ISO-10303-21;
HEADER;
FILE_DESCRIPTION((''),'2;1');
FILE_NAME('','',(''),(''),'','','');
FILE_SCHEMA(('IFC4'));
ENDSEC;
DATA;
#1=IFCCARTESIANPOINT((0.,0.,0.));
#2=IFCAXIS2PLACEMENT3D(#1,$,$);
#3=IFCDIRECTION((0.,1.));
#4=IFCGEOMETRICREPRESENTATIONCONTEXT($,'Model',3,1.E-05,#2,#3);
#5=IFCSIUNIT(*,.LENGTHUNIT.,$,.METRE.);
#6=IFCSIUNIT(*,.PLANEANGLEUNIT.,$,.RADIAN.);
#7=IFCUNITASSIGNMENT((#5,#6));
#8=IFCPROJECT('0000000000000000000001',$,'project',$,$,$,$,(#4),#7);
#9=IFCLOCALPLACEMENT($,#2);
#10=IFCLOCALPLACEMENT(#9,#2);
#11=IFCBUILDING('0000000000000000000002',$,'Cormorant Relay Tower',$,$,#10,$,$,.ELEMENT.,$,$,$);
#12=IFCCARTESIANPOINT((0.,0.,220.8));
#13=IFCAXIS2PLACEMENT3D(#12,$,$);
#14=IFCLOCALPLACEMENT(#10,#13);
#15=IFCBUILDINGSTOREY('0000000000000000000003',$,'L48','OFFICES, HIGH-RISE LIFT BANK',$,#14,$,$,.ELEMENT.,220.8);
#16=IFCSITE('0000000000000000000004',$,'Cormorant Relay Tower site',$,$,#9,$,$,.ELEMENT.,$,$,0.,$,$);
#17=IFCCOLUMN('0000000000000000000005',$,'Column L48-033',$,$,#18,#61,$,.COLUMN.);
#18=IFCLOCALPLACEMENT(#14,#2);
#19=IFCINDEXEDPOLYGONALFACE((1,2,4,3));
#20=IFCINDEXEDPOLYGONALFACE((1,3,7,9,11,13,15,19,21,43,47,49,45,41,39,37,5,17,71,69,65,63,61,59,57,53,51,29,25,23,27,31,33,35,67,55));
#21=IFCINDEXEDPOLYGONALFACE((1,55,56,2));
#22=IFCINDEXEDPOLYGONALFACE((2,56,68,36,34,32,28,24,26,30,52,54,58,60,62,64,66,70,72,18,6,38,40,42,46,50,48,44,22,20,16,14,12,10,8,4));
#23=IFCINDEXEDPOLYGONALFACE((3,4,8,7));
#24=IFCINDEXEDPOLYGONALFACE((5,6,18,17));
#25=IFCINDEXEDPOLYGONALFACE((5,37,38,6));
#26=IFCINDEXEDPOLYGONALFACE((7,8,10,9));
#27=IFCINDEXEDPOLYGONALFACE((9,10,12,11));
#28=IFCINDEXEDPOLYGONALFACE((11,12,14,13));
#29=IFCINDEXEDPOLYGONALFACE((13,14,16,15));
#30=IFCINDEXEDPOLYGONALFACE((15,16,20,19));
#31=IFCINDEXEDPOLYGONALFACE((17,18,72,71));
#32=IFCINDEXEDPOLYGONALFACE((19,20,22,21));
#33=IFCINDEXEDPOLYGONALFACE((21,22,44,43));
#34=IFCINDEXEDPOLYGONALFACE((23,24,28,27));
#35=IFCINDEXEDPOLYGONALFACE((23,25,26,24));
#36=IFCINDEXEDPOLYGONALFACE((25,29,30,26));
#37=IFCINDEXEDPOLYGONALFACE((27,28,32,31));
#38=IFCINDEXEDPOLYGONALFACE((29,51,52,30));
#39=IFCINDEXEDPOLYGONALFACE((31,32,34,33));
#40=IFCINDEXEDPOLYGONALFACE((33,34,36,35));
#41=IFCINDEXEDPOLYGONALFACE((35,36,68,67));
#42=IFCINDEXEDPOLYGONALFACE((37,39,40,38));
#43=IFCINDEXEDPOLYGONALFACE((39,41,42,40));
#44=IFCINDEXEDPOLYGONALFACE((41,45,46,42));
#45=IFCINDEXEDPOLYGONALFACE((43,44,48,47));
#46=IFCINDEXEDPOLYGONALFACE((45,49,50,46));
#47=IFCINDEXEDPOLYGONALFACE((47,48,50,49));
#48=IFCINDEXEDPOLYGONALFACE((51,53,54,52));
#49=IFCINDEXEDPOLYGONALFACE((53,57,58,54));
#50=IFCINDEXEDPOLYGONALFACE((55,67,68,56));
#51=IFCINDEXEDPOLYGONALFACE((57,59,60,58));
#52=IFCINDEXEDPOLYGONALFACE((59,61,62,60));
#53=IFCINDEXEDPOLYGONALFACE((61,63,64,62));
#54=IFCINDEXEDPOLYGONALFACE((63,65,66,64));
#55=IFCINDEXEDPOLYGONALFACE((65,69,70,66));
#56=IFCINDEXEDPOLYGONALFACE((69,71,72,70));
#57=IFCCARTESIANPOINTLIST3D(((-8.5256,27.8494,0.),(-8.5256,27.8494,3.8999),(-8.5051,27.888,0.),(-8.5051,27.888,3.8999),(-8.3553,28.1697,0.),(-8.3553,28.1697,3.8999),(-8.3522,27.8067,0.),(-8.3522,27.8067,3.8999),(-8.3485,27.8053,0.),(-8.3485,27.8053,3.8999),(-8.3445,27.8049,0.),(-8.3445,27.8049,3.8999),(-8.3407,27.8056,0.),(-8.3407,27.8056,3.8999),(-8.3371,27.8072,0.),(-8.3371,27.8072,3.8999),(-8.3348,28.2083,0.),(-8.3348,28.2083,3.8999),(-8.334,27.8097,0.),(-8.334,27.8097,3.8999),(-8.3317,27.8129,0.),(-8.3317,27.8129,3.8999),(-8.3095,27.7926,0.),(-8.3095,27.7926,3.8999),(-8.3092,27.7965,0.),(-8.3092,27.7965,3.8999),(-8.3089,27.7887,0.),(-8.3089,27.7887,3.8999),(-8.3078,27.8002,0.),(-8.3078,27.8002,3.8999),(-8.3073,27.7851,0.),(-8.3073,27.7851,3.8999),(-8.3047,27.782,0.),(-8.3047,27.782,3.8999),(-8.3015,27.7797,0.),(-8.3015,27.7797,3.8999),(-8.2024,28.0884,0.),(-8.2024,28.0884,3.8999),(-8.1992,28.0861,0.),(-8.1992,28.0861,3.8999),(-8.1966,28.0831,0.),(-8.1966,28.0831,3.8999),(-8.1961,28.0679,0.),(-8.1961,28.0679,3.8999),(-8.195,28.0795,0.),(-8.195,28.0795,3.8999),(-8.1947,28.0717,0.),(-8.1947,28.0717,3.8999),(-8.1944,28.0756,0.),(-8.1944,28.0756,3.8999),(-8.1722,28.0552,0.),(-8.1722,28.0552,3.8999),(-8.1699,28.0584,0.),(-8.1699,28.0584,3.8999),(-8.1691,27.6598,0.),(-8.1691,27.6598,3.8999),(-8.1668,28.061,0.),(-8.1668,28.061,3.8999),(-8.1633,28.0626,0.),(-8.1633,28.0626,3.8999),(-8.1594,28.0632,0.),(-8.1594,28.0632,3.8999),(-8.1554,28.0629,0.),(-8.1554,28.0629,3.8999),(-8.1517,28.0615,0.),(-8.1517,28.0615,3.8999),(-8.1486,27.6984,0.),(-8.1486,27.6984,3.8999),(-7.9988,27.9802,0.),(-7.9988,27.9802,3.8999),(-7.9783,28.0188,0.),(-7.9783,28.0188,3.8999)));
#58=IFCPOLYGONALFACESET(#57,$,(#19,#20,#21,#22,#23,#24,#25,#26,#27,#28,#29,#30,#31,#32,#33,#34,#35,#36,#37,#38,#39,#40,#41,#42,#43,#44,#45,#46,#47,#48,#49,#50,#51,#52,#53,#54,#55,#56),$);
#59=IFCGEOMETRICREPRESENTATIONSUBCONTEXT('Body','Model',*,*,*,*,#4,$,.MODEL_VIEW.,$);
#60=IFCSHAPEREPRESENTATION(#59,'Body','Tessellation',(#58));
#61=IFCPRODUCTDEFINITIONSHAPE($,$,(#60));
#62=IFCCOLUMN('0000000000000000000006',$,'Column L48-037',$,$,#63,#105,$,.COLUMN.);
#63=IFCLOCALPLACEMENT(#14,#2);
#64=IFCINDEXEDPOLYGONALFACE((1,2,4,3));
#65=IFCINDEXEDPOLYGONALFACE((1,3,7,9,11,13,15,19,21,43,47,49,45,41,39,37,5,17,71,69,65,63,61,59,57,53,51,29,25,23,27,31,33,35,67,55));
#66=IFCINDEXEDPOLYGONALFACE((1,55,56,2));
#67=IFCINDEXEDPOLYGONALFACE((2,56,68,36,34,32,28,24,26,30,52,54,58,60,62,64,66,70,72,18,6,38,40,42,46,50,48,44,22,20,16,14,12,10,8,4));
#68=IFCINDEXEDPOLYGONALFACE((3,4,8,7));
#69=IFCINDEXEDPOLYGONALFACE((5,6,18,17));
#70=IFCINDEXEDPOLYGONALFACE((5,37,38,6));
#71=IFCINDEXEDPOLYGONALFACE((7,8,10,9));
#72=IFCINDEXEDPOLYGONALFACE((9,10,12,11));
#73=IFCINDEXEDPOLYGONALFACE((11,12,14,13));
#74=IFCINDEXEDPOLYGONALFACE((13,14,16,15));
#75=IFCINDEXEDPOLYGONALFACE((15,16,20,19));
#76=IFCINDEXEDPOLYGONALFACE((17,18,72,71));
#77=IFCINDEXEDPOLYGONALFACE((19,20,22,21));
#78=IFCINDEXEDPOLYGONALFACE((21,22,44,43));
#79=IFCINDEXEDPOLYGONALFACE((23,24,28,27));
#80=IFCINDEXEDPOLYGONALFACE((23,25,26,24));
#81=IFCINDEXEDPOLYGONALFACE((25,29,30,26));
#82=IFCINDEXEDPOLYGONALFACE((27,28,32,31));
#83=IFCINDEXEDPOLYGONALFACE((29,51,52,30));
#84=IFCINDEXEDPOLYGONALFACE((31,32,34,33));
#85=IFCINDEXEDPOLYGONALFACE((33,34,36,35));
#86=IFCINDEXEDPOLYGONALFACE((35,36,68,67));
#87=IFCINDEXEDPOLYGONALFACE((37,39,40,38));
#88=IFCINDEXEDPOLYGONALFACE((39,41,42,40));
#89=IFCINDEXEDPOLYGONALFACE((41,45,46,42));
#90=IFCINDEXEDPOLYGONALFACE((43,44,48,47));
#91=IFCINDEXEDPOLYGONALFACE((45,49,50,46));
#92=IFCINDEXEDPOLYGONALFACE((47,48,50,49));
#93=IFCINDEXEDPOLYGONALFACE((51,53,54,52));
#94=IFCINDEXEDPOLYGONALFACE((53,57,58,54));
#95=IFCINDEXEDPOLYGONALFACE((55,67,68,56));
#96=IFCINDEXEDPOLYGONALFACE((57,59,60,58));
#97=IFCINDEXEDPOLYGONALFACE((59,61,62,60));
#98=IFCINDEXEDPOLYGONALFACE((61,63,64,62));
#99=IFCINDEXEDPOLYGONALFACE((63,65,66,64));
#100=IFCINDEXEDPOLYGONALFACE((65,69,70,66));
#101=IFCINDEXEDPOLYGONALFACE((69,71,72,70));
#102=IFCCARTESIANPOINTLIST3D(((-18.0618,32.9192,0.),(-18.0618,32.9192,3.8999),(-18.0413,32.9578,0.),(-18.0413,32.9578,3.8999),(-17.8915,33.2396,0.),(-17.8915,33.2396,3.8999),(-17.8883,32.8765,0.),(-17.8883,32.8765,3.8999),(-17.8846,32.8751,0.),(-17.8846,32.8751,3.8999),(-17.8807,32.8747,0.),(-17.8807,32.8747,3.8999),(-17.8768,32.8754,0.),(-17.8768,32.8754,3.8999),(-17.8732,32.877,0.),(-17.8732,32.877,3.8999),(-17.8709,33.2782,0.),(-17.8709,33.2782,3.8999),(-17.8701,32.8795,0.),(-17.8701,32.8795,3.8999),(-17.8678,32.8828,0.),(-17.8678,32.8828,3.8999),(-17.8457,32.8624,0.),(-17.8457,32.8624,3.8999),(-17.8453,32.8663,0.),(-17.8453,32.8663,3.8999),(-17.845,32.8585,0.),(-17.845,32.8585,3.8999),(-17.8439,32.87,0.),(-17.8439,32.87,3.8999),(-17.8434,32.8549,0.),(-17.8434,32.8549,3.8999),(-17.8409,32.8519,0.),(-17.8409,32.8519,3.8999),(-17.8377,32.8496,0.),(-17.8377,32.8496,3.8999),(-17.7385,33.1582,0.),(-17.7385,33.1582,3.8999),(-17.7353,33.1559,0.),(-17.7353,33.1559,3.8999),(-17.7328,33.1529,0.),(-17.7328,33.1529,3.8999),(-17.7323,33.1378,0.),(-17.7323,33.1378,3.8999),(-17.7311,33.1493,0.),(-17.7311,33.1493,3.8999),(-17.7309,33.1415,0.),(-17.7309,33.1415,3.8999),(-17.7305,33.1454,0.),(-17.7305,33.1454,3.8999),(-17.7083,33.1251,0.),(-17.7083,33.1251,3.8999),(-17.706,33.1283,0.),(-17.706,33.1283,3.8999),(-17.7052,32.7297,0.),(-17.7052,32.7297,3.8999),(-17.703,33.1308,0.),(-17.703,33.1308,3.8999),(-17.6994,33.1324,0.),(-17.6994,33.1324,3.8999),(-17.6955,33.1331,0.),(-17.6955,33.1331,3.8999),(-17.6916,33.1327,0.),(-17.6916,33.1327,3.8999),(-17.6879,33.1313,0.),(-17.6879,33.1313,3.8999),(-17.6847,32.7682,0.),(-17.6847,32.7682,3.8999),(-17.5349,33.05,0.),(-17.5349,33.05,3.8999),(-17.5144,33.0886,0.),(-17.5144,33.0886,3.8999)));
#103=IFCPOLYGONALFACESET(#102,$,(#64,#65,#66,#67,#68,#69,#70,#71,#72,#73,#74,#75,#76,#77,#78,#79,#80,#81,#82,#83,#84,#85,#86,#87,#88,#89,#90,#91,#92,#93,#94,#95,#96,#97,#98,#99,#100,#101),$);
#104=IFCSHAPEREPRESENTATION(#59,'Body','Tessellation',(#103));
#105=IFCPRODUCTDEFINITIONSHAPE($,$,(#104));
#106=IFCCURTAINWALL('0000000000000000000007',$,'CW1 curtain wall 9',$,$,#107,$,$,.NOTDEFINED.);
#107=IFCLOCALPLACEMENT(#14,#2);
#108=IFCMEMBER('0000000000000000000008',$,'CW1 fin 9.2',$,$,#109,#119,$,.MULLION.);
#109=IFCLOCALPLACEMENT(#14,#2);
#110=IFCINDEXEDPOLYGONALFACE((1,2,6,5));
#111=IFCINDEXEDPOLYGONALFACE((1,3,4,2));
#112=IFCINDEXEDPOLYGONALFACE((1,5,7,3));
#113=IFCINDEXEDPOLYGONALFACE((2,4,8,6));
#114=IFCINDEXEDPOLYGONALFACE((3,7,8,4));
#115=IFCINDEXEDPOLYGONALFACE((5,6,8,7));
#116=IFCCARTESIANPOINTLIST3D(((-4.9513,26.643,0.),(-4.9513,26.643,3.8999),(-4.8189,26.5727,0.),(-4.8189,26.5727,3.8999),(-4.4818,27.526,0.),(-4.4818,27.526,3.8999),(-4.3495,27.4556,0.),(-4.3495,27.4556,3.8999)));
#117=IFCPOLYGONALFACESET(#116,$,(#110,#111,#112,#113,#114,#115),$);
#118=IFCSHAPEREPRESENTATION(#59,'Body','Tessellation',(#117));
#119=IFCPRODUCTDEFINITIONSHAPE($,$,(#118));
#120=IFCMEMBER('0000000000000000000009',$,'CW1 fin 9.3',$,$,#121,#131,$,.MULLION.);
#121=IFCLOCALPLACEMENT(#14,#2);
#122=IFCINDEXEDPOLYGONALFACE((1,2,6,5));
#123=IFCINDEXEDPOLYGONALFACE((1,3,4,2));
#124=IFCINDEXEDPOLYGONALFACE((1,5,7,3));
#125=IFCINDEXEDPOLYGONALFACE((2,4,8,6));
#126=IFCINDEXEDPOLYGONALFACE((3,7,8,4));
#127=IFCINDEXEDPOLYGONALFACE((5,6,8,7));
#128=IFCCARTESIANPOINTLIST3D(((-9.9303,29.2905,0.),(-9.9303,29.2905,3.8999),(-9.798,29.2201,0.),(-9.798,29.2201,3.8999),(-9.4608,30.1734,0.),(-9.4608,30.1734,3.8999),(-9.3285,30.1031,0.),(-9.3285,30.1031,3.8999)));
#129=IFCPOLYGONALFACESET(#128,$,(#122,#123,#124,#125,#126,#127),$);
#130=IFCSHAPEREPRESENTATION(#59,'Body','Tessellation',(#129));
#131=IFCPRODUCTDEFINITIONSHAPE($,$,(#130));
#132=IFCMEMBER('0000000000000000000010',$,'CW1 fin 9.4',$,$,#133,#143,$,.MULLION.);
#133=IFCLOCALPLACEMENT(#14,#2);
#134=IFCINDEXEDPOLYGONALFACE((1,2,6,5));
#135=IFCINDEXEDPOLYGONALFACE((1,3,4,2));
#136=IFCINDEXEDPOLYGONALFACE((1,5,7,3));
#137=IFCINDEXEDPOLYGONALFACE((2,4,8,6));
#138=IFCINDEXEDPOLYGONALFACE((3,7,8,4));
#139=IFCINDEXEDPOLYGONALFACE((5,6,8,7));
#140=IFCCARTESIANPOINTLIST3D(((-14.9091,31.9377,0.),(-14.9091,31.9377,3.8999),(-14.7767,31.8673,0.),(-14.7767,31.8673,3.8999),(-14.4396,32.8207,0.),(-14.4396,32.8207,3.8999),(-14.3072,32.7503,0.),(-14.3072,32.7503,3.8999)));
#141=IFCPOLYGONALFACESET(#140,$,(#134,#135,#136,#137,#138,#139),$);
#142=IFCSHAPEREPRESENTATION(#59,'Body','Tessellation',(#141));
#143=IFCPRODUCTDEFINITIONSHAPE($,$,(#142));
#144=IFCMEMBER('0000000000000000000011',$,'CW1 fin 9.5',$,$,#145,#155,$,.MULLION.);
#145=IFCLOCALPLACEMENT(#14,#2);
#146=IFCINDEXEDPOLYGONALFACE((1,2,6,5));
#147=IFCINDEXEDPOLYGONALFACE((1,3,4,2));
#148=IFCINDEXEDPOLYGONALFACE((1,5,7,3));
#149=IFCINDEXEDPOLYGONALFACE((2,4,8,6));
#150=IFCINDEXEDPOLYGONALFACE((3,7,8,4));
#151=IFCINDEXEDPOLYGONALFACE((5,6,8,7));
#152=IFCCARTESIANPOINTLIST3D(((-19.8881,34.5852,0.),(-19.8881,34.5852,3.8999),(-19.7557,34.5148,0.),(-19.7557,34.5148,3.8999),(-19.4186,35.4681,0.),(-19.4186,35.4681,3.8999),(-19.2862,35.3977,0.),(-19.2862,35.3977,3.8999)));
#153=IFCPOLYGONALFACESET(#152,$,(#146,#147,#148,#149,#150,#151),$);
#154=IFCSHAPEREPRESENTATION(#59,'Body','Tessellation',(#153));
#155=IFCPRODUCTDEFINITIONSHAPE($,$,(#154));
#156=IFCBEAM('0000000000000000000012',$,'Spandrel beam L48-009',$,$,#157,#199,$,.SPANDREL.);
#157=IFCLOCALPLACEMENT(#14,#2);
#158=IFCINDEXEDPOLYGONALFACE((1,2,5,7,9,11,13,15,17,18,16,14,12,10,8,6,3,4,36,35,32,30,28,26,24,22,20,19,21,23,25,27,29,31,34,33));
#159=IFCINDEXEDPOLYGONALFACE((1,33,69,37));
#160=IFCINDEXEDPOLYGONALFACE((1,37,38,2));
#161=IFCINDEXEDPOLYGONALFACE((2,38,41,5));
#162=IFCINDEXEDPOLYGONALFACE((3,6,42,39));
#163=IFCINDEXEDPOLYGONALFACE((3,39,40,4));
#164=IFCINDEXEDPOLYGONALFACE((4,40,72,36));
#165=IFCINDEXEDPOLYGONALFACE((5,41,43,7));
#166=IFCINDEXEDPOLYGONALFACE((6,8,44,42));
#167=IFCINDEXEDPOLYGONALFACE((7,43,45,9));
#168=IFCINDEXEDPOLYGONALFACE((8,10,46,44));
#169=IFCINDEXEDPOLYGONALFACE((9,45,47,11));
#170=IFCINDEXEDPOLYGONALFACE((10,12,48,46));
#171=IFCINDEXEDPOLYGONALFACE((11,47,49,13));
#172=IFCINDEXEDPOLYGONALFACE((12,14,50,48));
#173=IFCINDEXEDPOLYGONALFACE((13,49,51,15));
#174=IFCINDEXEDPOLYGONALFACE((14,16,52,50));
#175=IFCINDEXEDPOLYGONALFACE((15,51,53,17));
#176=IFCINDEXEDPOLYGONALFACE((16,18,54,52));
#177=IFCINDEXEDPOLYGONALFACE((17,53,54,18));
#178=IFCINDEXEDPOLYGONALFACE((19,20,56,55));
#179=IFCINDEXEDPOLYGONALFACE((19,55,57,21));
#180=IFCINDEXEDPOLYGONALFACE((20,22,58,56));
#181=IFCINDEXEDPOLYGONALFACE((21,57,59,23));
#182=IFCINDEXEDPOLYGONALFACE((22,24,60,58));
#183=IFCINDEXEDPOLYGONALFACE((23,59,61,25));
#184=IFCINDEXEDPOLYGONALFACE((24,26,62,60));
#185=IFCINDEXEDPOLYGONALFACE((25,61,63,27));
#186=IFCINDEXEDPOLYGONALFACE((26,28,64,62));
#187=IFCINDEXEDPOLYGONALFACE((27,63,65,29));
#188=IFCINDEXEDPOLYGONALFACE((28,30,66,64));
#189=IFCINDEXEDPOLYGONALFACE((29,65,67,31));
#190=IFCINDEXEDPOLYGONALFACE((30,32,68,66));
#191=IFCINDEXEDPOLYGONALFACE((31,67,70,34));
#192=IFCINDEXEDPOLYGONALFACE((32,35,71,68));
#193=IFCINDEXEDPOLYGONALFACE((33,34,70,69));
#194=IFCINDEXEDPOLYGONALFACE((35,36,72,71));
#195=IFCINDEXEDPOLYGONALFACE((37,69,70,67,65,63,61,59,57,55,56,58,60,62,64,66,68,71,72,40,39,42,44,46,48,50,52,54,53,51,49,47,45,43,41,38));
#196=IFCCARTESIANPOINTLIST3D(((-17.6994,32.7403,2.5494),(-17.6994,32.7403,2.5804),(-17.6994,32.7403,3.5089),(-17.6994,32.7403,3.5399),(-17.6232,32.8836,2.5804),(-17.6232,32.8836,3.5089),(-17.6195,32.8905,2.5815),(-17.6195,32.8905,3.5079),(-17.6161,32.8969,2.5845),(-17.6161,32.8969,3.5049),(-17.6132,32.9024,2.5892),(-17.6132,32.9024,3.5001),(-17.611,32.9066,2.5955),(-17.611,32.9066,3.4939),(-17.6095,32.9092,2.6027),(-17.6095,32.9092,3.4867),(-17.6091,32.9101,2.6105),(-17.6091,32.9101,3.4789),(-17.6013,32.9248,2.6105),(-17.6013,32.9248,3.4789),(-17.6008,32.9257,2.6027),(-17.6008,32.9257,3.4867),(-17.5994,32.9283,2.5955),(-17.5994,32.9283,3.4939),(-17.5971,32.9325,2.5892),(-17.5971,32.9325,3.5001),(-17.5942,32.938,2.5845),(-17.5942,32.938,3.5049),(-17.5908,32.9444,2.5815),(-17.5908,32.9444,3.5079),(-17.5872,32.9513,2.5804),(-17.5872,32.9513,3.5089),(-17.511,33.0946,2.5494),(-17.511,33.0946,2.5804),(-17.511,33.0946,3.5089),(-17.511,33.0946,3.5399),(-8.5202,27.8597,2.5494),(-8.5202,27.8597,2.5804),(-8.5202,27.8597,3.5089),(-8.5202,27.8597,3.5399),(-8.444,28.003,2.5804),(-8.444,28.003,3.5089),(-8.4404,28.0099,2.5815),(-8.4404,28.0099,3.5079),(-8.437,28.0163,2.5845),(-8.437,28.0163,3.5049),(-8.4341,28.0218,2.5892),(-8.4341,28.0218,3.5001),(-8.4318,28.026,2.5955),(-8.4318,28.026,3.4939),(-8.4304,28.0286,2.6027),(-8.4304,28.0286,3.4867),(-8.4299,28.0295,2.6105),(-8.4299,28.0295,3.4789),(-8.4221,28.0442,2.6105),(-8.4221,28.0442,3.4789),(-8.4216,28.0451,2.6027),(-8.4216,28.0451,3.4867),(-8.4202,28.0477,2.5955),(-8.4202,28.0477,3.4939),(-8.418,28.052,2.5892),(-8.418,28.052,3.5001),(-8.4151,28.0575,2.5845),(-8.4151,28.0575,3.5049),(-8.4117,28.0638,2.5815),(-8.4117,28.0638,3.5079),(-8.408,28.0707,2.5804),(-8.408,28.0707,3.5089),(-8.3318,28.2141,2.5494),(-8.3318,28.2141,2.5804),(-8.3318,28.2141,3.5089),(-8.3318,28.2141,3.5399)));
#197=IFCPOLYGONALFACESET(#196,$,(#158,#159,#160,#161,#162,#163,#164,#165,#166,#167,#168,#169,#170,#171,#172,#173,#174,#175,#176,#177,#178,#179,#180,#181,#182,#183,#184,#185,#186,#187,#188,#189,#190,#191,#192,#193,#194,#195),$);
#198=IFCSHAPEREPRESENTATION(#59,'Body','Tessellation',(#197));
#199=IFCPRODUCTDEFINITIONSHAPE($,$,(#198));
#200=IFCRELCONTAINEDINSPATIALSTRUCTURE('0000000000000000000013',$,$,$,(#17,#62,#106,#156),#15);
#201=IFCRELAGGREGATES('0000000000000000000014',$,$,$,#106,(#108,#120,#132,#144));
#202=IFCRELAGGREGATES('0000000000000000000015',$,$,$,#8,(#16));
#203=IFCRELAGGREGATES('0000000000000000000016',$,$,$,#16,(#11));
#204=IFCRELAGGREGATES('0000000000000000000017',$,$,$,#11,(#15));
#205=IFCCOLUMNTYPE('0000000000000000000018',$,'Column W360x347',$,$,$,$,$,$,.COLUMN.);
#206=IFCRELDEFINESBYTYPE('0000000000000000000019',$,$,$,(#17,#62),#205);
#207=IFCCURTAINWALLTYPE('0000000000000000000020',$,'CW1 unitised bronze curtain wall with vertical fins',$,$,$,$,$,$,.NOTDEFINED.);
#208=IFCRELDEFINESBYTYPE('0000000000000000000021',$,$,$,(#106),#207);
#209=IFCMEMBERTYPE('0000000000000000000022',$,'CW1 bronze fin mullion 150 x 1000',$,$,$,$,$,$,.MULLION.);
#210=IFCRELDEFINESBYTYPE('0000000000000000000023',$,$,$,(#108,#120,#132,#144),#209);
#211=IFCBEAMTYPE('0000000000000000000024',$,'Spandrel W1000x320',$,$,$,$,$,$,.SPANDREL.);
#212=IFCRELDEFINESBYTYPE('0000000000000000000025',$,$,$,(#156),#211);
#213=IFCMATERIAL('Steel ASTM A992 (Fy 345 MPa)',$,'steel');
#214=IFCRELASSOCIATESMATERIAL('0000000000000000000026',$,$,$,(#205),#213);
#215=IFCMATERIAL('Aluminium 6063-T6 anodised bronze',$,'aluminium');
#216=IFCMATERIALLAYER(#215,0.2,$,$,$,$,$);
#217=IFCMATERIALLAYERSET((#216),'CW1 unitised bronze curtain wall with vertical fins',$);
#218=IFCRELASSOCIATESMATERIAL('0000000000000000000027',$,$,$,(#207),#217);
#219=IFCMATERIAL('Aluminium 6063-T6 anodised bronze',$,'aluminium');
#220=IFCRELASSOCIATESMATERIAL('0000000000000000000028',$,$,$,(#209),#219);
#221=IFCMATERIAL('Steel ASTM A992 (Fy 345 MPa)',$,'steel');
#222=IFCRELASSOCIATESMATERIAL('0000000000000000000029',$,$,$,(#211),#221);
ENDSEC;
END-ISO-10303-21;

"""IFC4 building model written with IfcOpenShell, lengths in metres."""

from ifc_helpers import new_model, si_unit, direction, frame, origin, origin_2d, place, context, subcontext, project, spatial, rectangle, i_section, extrude, material, layer, layer_set, material_profile, profile_set, type_object, element, aggregate, save


model = new_model("IFC4")

# Units and contexts
model_context = context("Model", 3, precision=1e-05, world=origin(), true_north=direction((0.0, 1.0)))
body_context = subcontext(model_context, "Body", "Model", "MODEL_VIEW")
ifc_project = project(units=[si_unit("LENGTHUNIT", "METRE"), si_unit("PLANEANGLEUNIT", "RADIAN")], contexts=[model_context])

# Site, building, storey
site_placement = place(None, origin())
site = spatial("IfcSite", under=ifc_project, at=site_placement, Name="Cormorant Relay Tower site", CompositionType="ELEMENT", RefElevation=0.0)
building_placement = place(site_placement, origin())
building = spatial("IfcBuilding", under=site, at=building_placement, Name="Cormorant Relay Tower", CompositionType="ELEMENT")
storey_placement = place(building_placement, frame((0.0, 0.0, 220.8)))
storey = spatial("IfcBuildingStorey", under=building, at=storey_placement, Name="L48", Description="OFFICES, HIGH-RISE LIFT BANK", CompositionType="ELEMENT", Elevation=220.8)

# Columns
ifc_material_1 = material(Name="Steel ASTM A992 (Fy 345 MPa)", Category="steel")
ifc_material_profile_1 = material_profile(ifc_material_1, i_section(OverallWidth=0.4038, OverallDepth=0.4065, WebThickness=0.0271, FlangeThickness=0.0437, FilletRadius=0.0151, at=origin_2d()), Name="W360x347")
ifc_profile_set_1 = profile_set([ifc_material_profile_1], Name="Steel ASTM A992 (Fy 345 MPa)")
column_type = type_object("IfcColumnType", Name="Column W360x347", PredefinedType="COLUMN", material=ifc_profile_set_1)
for number, where, z_axis, x_axis, name in (
    (1, (-8.252, 27.9341, 0.0), (0.0, 0.0, 1.0), (-0.882948, 0.469472, 0.0), "Column L48-033"),
    (2, (-17.7881, 33.0039, 0.0), (0.0, 0.0, 1.0), (-0.882948, 0.469472, 0.0), "Column L48-037"),
):
    element("IfcColumn", number, at=place(storey_placement, frame(where, z_axis=z_axis, x_axis=x_axis)), inside=storey, type_object=column_type, Name=name, PredefinedType="COLUMN", context=body_context, shape_type="SweptSolid", body=[
        extrude(i_section(OverallWidth=0.4038, OverallDepth=0.4065, WebThickness=0.0271, FlangeThickness=0.0437, FilletRadius=0.0151, at=origin_2d()), origin(), (0.0, 0.0, 1.0), 3.8999),
    ])

# Curtain wall, members
ifc_material_2 = material(Name="Aluminium 6063-T6 anodised bronze", Category="aluminium")
ifc_layer_1 = layer(ifc_material_2, 0.2)
ifc_layer_set_1 = layer_set([ifc_layer_1], Name="CW1 unitised bronze curtain wall with vertical fins")
curtain_wall_type = type_object("IfcCurtainWallType", Name="CW1 unitised bronze curtain wall with vertical fins", PredefinedType="NOTDEFINED", material=ifc_layer_set_1)
curtain_wall_placement = place(storey_placement, origin())
curtain_wall = element("IfcCurtainWall", 3, at=curtain_wall_placement, inside=storey, type_object=curtain_wall_type, Name="CW1 curtain wall 9", PredefinedType="NOTDEFINED")
ifc_material_3 = material(Name="Aluminium 6063-T6 anodised bronze", Category="aluminium")
ifc_material_profile_2 = material_profile(ifc_material_3, rectangle(XDim=0.1499, YDim=1.0, at=origin_2d()), Name="AL 150x1000")
ifc_profile_set_2 = profile_set([ifc_material_profile_2], Name="Aluminium 6063-T6 anodised bronze")
member_type = type_object("IfcMemberType", Name="CW1 bronze fin mullion 150 x 1000", PredefinedType="MULLION", material=ifc_profile_set_2)
member_1_placement = place(storey_placement, frame((-4.6504, 27.0493, 0.0), z_axis=(0.0, 0.0, 1.0), x_axis=(-0.882948, 0.469472, 0.0)))
member_1 = element("IfcMember", 4, at=member_1_placement, type_object=member_type, Name="CW1 fin 9.2", PredefinedType="MULLION", context=body_context, shape_type="SweptSolid", body=[
    extrude(rectangle(XDim=0.1499, YDim=1.0, at=origin_2d()), origin(), (0.0, 0.0, 1.0), 3.8999),
])
member_2_placement = place(storey_placement, frame((-9.6294, 29.6968, 0.0), z_axis=(0.0, 0.0, 1.0), x_axis=(-0.882948, 0.469472, 0.0)))
member_2 = element("IfcMember", 5, at=member_2_placement, type_object=member_type, Name="CW1 fin 9.3", PredefinedType="MULLION", context=body_context, shape_type="SweptSolid", body=[
    extrude(rectangle(XDim=0.1499, YDim=1.0, at=origin_2d()), origin(), (0.0, 0.0, 1.0), 3.8999),
])
member_3_placement = place(storey_placement, frame((-14.6082, 32.344, 0.0), z_axis=(0.0, 0.0, 1.0), x_axis=(-0.882948, 0.469472, 0.0)))
member_3 = element("IfcMember", 6, at=member_3_placement, type_object=member_type, Name="CW1 fin 9.4", PredefinedType="MULLION", context=body_context, shape_type="SweptSolid", body=[
    extrude(rectangle(XDim=0.1499, YDim=1.0, at=origin_2d()), origin(), (0.0, 0.0, 1.0), 3.8999),
])
member_4_placement = place(storey_placement, frame((-19.5872, 34.9915, 0.0), z_axis=(0.0, 0.0, 1.0), x_axis=(-0.882948, 0.469472, 0.0)))
member_4 = element("IfcMember", 7, at=member_4_placement, type_object=member_type, Name="CW1 fin 9.5", PredefinedType="MULLION", context=body_context, shape_type="SweptSolid", body=[
    extrude(rectangle(XDim=0.1499, YDim=1.0, at=origin_2d()), origin(), (0.0, 0.0, 1.0), 3.8999),
])

# Beam
ifc_material_4 = material(Name="Steel ASTM A992 (Fy 345 MPa)", Category="steel")
ifc_material_profile_3 = material_profile(ifc_material_4, i_section(OverallWidth=0.4014, OverallDepth=0.9905, WebThickness=0.0166, FlangeThickness=0.031, FilletRadius=0.03, at=origin_2d()), Name="W1000x320")
ifc_profile_set_3 = profile_set([ifc_material_profile_3], Name="Steel ASTM A992 (Fy 345 MPa)")
beam_type_1 = type_object("IfcBeamType", Name="Spandrel W1000x320", PredefinedType="SPANDREL", material=ifc_profile_set_3)
beam_1_placement = place(storey_placement, frame((-8.426, 28.0369, 3.0447), z_axis=(-0.88295, 0.469468, 0.0), x_axis=(-0.469468, -0.88295, 0.0)))
element("IfcBeam", 8, at=beam_1_placement, inside=storey, type_object=beam_type_1, Name="Spandrel beam L48-009", PredefinedType="SPANDREL", context=body_context, shape_type="SweptSolid", body=[
    extrude(i_section(OverallWidth=0.4014, OverallDepth=0.9905, WebThickness=0.0166, FlangeThickness=0.031, FilletRadius=0.03, at=origin_2d()), origin(), (0.0, 0.0, 1.0), 10.396),
])

aggregate(curtain_wall, [member_1, member_2, member_3, member_4])

save(model, "model.ifc")
